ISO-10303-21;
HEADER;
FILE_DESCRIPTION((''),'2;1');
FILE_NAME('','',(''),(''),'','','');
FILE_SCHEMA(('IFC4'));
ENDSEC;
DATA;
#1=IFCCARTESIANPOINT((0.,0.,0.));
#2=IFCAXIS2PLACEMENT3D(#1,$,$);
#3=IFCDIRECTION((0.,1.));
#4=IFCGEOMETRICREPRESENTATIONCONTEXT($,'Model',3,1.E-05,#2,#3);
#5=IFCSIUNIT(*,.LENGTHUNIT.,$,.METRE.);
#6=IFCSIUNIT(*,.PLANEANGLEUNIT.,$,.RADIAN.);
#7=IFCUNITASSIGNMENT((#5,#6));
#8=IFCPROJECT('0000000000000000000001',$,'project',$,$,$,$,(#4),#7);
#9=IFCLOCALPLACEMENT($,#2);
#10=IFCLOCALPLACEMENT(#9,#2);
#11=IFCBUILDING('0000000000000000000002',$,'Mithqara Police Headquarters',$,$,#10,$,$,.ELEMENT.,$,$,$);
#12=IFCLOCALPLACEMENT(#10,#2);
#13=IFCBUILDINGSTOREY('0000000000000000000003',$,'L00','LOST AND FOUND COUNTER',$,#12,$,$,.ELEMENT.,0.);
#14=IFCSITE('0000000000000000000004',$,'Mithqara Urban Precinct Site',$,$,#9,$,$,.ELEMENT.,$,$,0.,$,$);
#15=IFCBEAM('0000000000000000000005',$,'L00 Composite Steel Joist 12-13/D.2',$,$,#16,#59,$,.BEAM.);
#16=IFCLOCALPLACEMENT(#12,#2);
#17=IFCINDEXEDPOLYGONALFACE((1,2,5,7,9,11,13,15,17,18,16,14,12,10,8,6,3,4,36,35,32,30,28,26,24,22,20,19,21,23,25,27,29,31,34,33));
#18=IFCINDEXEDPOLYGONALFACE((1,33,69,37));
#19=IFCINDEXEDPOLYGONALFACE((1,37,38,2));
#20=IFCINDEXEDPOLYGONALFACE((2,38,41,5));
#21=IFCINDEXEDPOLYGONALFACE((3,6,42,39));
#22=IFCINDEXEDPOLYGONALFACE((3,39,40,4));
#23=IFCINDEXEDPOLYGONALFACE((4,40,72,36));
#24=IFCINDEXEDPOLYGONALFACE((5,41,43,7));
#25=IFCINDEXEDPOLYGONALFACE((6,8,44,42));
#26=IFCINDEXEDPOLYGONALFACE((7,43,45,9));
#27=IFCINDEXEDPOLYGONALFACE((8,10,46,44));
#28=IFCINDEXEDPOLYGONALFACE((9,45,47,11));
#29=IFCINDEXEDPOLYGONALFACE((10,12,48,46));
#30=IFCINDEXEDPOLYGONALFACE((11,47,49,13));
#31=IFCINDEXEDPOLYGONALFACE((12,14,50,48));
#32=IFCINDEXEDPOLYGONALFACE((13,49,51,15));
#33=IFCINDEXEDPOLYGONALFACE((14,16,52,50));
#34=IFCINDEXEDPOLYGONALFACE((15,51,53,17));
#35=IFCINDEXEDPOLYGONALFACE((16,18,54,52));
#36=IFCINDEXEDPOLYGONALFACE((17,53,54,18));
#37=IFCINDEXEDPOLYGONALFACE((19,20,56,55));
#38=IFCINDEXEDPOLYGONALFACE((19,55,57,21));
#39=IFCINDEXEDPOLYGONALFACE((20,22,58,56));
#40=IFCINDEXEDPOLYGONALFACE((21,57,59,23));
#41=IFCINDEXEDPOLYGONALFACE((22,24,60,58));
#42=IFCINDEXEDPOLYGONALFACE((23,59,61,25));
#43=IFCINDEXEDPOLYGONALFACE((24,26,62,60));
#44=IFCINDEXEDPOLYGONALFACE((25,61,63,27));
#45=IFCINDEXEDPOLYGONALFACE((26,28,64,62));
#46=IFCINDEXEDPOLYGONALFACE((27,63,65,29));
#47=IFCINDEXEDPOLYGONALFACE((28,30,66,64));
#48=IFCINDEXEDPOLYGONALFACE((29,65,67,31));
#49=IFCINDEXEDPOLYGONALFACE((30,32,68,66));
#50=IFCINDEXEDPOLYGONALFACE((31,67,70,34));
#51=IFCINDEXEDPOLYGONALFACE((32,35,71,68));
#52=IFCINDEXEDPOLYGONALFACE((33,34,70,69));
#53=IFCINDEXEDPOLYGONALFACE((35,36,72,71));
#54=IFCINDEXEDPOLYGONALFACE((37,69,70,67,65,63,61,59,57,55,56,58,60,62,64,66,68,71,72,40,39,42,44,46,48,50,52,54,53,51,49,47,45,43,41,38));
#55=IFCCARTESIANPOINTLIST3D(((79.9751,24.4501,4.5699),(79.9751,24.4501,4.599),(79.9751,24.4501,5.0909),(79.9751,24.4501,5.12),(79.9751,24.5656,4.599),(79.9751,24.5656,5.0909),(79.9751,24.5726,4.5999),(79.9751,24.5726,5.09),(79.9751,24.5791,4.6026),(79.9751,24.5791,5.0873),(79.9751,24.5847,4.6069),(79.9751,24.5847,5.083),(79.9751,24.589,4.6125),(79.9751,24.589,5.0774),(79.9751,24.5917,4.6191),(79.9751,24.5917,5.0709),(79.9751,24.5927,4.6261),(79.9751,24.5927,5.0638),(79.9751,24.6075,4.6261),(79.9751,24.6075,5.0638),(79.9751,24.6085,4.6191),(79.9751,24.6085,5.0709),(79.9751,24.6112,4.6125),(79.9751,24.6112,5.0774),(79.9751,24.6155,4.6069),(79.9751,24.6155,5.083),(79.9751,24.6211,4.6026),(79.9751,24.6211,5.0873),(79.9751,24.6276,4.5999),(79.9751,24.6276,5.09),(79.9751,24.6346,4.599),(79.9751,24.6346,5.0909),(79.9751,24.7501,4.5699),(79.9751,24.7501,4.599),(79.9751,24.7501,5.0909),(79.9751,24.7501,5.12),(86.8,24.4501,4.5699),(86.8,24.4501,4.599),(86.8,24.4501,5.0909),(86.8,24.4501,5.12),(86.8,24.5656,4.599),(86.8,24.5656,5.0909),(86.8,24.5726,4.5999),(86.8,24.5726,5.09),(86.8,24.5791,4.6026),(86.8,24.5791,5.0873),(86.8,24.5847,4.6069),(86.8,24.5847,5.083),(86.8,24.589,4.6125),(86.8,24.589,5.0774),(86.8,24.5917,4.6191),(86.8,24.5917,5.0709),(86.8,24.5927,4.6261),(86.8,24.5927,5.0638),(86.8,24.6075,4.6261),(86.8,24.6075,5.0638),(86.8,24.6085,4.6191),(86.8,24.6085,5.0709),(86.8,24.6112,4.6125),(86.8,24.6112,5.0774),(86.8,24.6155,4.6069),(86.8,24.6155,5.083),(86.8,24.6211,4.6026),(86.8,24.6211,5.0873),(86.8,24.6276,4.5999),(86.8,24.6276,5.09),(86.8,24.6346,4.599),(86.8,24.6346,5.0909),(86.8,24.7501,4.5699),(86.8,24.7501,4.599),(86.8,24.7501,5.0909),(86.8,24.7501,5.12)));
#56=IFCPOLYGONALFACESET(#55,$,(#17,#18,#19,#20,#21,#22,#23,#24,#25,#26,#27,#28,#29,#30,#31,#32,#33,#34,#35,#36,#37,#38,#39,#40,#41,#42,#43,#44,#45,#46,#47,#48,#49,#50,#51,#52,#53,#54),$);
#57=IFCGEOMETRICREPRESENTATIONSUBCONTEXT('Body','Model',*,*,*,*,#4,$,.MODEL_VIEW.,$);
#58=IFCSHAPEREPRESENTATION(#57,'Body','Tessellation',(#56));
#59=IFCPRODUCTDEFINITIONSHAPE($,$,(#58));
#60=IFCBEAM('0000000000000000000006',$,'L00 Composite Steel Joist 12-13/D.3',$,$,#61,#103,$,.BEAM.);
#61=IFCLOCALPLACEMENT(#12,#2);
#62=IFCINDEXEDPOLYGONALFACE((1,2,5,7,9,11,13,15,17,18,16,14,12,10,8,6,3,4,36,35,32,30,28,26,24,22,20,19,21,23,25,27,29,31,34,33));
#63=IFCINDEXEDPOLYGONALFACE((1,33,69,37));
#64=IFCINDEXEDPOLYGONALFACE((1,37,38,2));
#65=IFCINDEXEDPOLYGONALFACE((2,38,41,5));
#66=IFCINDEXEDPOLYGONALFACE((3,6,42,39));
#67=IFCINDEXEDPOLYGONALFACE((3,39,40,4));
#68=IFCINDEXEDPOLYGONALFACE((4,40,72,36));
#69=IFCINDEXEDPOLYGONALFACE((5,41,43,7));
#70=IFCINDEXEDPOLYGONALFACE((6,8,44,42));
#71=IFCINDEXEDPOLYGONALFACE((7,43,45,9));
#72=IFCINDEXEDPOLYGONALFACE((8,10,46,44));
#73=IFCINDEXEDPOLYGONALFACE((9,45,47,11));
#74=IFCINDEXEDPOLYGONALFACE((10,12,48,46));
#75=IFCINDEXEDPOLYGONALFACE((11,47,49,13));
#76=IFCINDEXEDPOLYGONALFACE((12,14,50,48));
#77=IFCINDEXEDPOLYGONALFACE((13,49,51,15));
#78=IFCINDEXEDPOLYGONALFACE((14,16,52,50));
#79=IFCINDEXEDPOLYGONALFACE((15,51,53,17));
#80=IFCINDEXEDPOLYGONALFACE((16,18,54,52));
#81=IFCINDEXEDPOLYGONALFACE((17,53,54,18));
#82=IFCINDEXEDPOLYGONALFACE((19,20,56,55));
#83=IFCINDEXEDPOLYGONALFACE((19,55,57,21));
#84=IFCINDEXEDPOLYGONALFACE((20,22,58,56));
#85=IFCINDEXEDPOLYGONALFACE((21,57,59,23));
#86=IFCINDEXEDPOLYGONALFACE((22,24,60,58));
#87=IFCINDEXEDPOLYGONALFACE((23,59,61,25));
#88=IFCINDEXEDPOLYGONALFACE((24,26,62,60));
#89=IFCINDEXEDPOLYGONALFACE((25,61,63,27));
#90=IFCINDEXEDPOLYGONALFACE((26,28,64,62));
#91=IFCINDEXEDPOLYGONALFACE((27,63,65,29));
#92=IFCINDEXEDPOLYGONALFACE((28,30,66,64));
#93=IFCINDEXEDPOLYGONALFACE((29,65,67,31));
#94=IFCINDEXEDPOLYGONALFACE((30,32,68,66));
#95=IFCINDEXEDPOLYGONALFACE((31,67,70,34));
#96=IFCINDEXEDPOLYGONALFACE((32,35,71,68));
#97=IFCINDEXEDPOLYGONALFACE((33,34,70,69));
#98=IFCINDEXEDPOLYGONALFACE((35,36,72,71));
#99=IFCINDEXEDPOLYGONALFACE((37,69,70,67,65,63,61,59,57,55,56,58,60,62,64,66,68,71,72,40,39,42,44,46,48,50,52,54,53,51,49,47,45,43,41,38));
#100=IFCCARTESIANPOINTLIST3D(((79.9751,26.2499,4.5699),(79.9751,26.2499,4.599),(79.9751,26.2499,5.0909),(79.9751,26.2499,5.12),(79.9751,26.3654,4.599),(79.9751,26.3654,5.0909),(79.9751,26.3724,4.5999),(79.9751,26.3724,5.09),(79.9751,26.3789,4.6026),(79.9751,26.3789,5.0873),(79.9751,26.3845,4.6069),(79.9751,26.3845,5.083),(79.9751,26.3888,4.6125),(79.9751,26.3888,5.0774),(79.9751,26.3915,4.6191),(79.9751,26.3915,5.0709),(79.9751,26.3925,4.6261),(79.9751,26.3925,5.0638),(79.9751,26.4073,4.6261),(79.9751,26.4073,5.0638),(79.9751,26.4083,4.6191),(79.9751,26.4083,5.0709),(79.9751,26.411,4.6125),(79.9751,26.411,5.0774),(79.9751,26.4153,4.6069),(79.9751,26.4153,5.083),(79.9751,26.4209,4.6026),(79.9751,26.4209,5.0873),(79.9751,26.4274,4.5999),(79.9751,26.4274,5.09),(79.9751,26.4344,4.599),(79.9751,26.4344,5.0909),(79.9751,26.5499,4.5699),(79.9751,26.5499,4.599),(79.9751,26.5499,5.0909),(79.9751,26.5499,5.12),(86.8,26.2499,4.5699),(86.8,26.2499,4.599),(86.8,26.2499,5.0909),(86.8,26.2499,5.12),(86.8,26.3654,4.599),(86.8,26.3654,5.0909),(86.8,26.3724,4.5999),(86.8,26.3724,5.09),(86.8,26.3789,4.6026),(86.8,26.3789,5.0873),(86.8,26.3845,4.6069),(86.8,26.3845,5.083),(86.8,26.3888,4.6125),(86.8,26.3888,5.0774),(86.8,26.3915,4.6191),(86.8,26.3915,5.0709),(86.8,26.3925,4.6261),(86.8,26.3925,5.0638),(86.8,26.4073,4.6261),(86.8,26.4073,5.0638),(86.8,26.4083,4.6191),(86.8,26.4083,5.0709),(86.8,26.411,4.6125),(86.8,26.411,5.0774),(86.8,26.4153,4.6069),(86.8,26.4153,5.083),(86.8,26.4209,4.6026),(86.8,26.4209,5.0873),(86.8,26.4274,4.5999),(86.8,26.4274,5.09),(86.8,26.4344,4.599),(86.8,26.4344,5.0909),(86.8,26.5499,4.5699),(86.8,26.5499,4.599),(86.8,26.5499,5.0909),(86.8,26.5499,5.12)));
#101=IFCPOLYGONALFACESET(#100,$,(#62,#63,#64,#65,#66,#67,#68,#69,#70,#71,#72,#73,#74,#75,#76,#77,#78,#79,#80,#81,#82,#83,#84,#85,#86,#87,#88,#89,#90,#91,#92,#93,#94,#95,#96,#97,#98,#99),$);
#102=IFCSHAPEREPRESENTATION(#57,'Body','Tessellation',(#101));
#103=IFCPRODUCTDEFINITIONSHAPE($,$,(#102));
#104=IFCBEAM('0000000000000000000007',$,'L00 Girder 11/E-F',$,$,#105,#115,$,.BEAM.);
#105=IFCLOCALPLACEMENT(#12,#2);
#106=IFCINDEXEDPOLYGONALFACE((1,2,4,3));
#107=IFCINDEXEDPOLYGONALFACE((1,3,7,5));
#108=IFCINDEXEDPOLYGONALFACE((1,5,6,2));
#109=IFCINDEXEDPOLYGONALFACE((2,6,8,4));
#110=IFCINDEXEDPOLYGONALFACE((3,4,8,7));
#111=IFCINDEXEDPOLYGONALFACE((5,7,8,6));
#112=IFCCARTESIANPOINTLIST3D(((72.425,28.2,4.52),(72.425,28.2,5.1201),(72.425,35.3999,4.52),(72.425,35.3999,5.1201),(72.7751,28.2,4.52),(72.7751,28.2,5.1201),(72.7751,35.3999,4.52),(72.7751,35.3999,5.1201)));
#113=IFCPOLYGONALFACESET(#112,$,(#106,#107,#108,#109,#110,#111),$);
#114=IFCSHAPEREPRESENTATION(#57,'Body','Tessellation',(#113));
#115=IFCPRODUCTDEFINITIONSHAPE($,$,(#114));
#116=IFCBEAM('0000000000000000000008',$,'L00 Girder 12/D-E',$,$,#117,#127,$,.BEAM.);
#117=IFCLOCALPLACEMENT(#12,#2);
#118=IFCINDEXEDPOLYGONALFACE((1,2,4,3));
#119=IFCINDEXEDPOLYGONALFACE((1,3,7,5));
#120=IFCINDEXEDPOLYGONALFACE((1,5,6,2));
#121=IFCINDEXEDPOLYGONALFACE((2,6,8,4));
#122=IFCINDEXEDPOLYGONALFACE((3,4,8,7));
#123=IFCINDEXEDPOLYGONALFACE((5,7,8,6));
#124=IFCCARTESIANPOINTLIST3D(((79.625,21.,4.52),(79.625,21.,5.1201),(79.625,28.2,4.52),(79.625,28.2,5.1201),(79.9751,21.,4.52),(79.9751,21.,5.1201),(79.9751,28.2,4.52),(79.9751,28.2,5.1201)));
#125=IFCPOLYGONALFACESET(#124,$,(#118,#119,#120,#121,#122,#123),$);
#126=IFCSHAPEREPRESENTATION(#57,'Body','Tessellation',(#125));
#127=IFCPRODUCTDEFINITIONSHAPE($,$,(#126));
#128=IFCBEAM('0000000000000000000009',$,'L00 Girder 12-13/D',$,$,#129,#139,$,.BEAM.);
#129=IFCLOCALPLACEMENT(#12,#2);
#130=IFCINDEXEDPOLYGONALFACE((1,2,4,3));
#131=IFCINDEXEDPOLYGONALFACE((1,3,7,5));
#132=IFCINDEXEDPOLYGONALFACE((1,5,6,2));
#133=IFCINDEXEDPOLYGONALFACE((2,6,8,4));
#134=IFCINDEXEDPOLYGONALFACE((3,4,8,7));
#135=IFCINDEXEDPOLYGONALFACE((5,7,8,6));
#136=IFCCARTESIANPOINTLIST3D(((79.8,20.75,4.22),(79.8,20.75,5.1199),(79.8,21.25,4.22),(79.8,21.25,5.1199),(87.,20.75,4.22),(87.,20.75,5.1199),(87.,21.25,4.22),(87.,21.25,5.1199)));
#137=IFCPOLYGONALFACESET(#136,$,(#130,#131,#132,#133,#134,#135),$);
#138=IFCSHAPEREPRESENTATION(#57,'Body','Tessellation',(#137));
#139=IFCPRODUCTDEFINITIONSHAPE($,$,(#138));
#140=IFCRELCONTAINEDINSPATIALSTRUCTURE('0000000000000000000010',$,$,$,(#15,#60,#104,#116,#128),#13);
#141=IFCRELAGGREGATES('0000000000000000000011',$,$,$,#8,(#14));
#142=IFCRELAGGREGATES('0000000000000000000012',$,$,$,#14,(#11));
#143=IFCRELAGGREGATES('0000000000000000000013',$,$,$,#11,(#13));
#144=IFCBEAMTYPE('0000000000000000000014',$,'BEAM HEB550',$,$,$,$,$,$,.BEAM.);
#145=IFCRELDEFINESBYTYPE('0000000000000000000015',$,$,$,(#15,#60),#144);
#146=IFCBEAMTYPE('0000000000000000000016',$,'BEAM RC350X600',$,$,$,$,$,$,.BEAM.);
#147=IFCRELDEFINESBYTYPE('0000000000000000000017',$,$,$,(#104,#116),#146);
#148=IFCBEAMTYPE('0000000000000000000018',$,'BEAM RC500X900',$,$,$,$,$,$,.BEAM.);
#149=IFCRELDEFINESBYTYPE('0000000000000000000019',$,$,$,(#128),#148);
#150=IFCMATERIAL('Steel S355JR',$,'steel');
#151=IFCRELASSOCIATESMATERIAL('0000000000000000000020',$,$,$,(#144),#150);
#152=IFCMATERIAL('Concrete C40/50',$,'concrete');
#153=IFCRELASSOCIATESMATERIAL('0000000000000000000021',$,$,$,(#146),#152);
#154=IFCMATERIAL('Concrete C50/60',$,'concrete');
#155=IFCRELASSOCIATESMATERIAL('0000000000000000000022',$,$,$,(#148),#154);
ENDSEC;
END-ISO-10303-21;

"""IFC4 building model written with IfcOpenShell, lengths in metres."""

from ifc_helpers import new_model, si_unit, direction, frame, origin, origin_2d, place, context, subcontext, project, spatial, rectangle, i_section, extrude, material, material_profile, profile_set, type_object, element, save


model = new_model("IFC4")

# Units and contexts
model_context = context("Model", 3, precision=1e-05, world=origin(), true_north=direction((0.0, 1.0)))
body_context = subcontext(model_context, "Body", "Model", "MODEL_VIEW")
ifc_project = project(units=[si_unit("LENGTHUNIT", "METRE"), si_unit("PLANEANGLEUNIT", "RADIAN")], contexts=[model_context])

# Site, building, storey
site_placement = place(None, origin())
site = spatial("IfcSite", under=ifc_project, at=site_placement, Name="Mithqara Urban Precinct Site", CompositionType="ELEMENT", RefElevation=0.0)
building_placement = place(site_placement, origin())
building = spatial("IfcBuilding", under=site, at=building_placement, Name="Mithqara Police Headquarters", CompositionType="ELEMENT")
storey_placement = place(building_placement, origin())
storey = spatial("IfcBuildingStorey", under=building, at=storey_placement, Name="L00", Description="LOST AND FOUND COUNTER", CompositionType="ELEMENT", Elevation=0.0)

# Shared definitions
ifc_material_1 = material(Name="Concrete C50/60", Category="concrete")

# Beams
ifc_material_2 = material(Name="Steel S355JR", Category="steel")
ifc_material_profile_1 = material_profile(ifc_material_2, i_section(OverallWidth=0.3, OverallDepth=0.55, WebThickness=0.0149, FlangeThickness=0.0291, FilletRadius=0.0271, at=origin_2d()), Name="HEB 550")
ifc_profile_set_1 = profile_set([ifc_material_profile_1], Name="Steel S355JR")
beam_type_1 = type_object("IfcBeamType", Name="BEAM HEB550", PredefinedType="BEAM", material=ifc_profile_set_1)
for number, where, z_axis, x_axis, name in (
    (1, (79.9751, 24.6001, 4.845), (1.0, 0.0, 0.0), (0.0, 1.0, 0.0), "L00 Composite Steel Joist 12-13/D.2"),
    (2, (79.9751, 26.3999, 4.845), (1.0, 0.0, 0.0), (0.0, 1.0, 0.0), "L00 Composite Steel Joist 12-13/D.3"),
):
    element("IfcBeam", number, at=place(storey_placement, frame(where, z_axis=z_axis, x_axis=x_axis)), inside=storey, type_object=beam_type_1, Name=name, PredefinedType="BEAM", context=body_context, shape_type="SweptSolid", body=[
        extrude(i_section(OverallWidth=0.3, OverallDepth=0.55, WebThickness=0.0149, FlangeThickness=0.0291, FilletRadius=0.0271, at=origin_2d()), origin(), (0.0, 0.0, 1.0), 6.825),
    ])
ifc_material_3 = material(Name="Concrete C40/50", Category="concrete")
ifc_material_profile_2 = material_profile(ifc_material_3, rectangle(XDim=0.3501, YDim=0.6001, at=origin_2d()), Name="RC 350x600")
ifc_profile_set_2 = profile_set([ifc_material_profile_2], Name="Concrete C40/50")
beam_type_2 = type_object("IfcBeamType", Name="BEAM RC350X600", PredefinedType="BEAM", material=ifc_profile_set_2)
for number, where, z_axis, x_axis, name in (
    (3, (72.6001, 28.2, 4.8201), (0.0, 1.0, 0.0), (-1.0, 0.0, 0.0), "L00 Girder 11/E-F"),
    (4, (79.8, 21.0, 4.8201), (0.0, 1.0, 0.0), (-1.0, 0.0, 0.0), "L00 Girder 12/D-E"),
):
    element("IfcBeam", number, at=place(storey_placement, frame(where, z_axis=z_axis, x_axis=x_axis)), inside=storey, type_object=beam_type_2, Name=name, PredefinedType="BEAM", context=body_context, shape_type="SweptSolid", body=[
        extrude(rectangle(XDim=0.3501, YDim=0.6001, at=origin_2d()), origin(), (0.0, 0.0, 1.0), 7.2),
    ])
ifc_material_profile_3 = material_profile(ifc_material_1, rectangle(XDim=0.5, YDim=0.8999, at=origin_2d()), Name="RC 500x900")
ifc_profile_set_3 = profile_set([ifc_material_profile_3], Name="Concrete C50/60")
beam_type_3 = type_object("IfcBeamType", Name="BEAM RC500X900", PredefinedType="BEAM", material=ifc_profile_set_3)
beam_placement = place(storey_placement, frame((79.8, 21.0, 4.6699), z_axis=(1.0, 0.0, 0.0), x_axis=(0.0, 1.0, 0.0)))
element("IfcBeam", 5, at=beam_placement, inside=storey, type_object=beam_type_3, Name="L00 Girder 12-13/D", PredefinedType="BEAM", context=body_context, shape_type="SweptSolid", body=[
    extrude(rectangle(XDim=0.5, YDim=0.8999, at=origin_2d()), origin(), (0.0, 0.0, 1.0), 7.2),
])

save(model, "model.ifc")
